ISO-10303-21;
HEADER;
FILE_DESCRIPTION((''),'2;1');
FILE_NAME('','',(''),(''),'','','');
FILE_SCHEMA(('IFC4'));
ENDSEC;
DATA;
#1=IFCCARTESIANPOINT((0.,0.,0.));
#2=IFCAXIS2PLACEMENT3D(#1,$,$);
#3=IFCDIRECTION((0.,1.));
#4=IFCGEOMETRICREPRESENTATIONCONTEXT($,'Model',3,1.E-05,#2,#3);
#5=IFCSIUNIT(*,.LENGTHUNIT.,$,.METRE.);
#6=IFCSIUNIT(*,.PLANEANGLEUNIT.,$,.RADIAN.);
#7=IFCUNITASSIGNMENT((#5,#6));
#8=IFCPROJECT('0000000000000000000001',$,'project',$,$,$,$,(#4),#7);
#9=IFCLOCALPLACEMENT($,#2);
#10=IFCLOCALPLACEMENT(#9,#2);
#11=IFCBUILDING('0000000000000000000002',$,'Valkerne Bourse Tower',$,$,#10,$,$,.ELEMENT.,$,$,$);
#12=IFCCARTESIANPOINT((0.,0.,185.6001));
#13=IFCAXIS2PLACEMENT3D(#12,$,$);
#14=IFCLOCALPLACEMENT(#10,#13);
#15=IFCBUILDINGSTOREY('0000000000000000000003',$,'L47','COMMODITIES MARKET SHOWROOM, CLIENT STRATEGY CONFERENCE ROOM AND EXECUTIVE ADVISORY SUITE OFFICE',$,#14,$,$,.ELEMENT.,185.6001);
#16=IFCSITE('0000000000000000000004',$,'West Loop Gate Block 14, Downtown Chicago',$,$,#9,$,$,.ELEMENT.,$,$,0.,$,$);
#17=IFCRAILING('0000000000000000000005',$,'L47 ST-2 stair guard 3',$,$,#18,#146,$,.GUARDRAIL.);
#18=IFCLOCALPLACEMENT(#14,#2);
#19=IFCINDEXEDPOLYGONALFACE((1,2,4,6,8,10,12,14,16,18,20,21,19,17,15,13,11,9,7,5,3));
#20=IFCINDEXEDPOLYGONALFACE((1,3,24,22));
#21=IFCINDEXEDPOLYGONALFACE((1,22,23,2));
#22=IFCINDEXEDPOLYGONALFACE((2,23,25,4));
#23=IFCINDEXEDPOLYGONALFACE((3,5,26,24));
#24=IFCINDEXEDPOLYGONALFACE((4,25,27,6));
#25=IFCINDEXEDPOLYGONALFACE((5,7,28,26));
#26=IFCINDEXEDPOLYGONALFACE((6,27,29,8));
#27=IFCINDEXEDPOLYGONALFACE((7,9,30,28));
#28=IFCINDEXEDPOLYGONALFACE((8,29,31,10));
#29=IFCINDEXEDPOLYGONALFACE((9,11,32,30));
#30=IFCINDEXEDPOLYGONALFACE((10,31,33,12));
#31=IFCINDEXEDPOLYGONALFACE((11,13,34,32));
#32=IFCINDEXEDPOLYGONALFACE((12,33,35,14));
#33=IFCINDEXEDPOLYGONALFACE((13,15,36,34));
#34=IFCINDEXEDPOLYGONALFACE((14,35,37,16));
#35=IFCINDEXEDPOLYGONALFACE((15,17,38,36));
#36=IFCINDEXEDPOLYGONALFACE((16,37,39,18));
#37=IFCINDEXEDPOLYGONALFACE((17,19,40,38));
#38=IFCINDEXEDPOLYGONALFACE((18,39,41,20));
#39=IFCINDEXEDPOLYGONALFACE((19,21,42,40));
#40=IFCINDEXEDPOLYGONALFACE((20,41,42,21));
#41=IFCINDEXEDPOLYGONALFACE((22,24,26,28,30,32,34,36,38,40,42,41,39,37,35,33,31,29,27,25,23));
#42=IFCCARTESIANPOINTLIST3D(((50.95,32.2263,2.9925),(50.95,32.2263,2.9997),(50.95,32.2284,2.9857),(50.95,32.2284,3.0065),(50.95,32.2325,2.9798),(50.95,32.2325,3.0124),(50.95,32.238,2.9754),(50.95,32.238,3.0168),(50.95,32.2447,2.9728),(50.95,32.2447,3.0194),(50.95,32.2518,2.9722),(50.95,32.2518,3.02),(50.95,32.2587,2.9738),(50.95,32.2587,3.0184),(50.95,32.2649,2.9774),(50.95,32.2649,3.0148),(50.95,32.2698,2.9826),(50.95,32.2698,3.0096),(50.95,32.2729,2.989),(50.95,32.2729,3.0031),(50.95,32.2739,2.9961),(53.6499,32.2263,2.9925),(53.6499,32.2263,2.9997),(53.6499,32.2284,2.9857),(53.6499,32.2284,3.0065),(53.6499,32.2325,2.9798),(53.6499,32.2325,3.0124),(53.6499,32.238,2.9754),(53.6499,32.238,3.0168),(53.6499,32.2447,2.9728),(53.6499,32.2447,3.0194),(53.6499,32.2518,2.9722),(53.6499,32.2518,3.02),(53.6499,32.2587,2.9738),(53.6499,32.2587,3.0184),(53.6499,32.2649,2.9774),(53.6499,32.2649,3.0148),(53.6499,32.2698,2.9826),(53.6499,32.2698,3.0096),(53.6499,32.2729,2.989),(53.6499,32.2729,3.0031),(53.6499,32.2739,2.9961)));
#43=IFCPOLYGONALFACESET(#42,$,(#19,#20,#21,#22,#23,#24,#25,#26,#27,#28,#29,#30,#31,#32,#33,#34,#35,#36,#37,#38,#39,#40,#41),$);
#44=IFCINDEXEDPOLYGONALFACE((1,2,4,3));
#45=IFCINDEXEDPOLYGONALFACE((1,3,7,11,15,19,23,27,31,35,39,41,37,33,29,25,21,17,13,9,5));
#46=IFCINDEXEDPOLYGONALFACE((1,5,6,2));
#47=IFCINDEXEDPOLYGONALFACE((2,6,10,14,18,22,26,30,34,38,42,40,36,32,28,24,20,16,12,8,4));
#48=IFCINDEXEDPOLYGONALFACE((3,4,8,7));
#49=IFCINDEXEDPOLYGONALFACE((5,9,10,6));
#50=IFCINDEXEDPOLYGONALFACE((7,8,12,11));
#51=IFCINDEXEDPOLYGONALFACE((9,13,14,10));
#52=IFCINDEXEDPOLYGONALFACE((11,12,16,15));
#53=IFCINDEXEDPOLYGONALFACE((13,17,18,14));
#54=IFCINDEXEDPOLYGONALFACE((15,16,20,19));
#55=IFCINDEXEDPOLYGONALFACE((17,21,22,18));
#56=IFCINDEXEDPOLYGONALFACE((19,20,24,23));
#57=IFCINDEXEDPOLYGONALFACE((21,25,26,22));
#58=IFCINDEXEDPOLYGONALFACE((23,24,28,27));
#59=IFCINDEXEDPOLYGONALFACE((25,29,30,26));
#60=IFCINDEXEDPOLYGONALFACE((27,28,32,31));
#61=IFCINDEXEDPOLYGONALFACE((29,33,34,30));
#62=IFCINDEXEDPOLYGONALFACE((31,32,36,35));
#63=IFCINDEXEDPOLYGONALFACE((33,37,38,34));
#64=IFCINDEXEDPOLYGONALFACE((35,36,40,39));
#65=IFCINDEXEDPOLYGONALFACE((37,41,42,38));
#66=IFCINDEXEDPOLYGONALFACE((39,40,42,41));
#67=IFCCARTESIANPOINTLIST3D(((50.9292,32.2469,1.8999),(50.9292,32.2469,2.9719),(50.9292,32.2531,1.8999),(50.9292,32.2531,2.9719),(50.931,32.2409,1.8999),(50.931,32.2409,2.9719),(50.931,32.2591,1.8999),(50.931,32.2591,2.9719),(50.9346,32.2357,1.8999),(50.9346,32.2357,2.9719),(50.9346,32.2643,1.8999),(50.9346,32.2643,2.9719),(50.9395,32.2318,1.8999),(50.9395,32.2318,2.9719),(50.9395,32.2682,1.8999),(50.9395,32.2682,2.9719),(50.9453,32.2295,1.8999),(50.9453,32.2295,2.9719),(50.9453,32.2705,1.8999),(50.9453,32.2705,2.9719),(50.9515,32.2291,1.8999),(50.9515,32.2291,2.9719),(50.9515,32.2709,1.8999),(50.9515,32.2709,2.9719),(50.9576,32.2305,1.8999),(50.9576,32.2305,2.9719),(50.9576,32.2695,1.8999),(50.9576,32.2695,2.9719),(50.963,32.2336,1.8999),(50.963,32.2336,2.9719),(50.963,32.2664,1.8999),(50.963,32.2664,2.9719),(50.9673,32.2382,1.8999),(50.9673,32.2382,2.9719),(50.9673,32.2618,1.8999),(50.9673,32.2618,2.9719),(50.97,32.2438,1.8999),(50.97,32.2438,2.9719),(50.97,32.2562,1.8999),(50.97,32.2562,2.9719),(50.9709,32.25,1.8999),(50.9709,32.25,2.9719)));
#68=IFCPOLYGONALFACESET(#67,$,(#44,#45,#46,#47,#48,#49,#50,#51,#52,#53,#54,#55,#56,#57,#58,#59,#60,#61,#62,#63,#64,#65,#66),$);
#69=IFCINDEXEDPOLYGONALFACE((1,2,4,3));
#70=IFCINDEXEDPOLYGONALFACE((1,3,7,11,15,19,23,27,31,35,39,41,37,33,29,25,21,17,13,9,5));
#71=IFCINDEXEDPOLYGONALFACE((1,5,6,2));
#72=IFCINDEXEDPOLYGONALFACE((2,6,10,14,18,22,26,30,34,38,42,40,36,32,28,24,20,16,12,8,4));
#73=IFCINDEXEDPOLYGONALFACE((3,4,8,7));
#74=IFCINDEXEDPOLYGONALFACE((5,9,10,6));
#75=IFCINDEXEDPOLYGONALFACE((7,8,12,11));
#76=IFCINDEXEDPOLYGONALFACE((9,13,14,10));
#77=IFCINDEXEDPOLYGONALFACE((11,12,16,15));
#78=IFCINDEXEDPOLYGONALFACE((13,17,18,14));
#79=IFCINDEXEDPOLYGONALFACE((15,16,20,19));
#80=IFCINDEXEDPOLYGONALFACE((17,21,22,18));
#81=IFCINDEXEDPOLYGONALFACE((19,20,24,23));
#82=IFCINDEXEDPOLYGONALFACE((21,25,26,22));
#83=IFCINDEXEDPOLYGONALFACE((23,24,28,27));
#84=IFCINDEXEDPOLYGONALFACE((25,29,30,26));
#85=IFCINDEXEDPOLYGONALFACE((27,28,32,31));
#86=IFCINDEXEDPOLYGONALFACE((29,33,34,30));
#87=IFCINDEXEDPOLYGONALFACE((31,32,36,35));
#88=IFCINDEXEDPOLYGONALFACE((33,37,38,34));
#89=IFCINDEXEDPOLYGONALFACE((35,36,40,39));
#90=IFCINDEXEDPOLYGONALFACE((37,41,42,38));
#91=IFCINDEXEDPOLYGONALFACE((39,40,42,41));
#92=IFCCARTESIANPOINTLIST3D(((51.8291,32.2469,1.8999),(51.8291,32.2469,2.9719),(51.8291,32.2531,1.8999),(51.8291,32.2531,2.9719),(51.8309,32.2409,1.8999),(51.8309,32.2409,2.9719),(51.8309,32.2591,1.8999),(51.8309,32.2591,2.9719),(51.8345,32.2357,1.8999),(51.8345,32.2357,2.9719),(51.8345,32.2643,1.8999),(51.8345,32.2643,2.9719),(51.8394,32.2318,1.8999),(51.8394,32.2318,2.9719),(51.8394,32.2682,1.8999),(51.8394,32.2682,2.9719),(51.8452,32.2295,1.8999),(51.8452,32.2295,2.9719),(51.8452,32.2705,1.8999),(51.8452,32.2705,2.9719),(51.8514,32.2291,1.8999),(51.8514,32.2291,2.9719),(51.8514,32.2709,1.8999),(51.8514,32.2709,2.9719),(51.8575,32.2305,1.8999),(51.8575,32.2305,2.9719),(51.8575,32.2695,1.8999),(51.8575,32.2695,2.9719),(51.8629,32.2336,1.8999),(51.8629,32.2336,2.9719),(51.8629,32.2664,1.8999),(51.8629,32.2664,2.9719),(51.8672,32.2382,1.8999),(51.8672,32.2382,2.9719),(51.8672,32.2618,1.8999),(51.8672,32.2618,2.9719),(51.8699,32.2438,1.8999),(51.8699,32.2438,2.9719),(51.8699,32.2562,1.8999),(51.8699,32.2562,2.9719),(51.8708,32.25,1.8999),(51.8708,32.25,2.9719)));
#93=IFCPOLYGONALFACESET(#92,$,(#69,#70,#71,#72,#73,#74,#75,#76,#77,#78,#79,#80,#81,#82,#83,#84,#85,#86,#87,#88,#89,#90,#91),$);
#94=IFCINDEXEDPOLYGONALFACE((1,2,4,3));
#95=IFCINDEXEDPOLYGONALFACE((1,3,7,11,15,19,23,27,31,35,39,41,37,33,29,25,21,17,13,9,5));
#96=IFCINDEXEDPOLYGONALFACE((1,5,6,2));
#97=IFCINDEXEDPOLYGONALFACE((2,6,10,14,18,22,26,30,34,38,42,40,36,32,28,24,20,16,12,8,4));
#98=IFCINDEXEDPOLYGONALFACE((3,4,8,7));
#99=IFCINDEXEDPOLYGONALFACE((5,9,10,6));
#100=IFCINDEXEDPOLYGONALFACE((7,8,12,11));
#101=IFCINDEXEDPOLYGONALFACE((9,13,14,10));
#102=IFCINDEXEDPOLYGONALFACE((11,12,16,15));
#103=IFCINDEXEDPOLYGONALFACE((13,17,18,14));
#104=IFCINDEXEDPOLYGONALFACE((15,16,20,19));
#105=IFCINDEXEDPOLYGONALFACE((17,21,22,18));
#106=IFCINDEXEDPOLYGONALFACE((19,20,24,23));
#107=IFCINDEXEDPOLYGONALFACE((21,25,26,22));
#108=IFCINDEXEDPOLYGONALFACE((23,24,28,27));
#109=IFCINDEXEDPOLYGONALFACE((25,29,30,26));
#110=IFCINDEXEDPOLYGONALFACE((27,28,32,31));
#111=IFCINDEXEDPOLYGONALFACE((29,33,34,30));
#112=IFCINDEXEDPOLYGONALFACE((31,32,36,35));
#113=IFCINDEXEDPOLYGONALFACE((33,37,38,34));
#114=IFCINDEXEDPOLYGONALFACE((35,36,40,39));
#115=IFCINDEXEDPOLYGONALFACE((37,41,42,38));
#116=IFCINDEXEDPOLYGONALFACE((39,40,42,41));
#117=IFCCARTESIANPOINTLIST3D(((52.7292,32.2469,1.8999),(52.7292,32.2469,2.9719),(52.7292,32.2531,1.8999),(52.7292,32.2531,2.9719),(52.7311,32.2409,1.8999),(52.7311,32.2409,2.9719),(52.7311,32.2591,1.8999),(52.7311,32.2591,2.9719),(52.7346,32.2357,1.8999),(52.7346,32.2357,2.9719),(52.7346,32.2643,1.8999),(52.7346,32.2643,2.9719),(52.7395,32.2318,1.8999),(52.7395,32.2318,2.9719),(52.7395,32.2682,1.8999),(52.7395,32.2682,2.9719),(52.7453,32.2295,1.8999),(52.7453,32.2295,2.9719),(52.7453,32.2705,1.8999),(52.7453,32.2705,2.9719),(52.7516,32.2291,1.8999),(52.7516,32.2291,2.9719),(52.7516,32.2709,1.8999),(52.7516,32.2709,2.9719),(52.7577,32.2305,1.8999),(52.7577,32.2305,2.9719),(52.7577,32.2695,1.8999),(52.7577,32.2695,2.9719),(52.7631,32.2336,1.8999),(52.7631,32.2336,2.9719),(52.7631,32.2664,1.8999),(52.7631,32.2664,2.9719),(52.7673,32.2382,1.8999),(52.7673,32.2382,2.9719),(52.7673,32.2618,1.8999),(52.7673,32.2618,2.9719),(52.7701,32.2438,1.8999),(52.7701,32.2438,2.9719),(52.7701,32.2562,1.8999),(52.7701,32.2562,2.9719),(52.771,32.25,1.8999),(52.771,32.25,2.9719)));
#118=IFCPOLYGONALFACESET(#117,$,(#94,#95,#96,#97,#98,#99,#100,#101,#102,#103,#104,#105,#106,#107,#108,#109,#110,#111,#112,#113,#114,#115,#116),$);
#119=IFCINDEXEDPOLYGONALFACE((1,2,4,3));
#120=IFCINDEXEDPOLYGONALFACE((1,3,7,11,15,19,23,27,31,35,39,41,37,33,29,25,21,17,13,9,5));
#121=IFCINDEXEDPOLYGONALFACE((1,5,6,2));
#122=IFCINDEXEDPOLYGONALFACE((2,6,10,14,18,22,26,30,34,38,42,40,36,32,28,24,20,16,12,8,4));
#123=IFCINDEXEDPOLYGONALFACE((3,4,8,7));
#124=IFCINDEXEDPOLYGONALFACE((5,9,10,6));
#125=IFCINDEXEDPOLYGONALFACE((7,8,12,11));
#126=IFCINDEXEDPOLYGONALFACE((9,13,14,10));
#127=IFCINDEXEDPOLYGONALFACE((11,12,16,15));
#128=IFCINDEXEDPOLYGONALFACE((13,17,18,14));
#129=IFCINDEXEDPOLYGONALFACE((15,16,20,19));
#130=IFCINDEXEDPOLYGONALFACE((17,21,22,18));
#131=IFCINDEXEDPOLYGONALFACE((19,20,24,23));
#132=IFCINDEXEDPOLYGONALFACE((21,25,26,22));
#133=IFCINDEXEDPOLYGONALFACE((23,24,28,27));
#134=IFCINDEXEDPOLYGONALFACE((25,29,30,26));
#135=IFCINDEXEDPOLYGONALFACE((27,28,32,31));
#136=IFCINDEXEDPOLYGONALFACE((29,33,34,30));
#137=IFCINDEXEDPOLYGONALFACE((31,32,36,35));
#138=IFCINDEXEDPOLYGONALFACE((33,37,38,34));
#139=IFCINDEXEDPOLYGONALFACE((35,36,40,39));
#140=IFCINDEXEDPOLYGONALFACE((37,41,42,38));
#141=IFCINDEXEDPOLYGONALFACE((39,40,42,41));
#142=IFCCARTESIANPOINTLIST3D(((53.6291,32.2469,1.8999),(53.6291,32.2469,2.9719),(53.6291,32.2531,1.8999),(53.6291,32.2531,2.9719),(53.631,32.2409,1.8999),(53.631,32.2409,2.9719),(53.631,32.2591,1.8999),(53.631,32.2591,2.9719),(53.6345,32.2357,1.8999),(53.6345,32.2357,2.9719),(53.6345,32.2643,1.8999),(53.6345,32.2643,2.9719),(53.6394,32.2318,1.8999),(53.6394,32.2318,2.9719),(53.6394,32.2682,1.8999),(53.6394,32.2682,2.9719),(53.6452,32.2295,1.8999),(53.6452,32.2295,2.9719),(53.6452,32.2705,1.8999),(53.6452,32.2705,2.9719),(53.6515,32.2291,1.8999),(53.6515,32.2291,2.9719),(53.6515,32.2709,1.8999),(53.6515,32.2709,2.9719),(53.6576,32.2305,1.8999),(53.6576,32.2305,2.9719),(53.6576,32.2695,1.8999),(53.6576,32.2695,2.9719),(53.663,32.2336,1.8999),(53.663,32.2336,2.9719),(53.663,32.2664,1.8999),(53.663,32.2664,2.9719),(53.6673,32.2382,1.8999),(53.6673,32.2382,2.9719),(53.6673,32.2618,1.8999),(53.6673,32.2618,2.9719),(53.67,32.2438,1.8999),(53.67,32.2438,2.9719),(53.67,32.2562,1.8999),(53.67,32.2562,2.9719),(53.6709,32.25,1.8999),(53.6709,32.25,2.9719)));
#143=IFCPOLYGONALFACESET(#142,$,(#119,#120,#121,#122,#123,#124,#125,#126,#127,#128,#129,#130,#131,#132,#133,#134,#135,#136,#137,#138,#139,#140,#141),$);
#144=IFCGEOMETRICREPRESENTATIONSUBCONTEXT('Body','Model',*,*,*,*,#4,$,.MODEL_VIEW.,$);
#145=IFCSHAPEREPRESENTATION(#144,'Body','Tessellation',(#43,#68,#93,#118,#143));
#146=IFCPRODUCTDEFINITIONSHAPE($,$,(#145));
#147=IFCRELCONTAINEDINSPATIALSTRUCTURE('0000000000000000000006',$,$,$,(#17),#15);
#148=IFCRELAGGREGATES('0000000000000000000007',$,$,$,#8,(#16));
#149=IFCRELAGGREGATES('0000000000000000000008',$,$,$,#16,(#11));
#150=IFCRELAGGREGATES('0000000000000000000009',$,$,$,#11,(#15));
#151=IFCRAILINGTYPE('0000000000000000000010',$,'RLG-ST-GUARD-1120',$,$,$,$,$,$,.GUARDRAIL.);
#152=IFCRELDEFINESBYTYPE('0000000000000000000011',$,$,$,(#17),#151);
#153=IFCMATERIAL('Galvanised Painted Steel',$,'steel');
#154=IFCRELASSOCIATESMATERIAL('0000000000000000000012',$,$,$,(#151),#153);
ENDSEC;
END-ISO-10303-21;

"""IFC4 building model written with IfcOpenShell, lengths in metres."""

from ifc_helpers import new_model, si_unit, direction, frame, origin, origin_2d, place, context, subcontext, project, spatial, circle, extrude, material, type_object, element, save


model = new_model("IFC4")

# Units and contexts
model_context = context("Model", 3, precision=1e-05, world=origin(), true_north=direction((0.0, 1.0)))
body_context = subcontext(model_context, "Body", "Model", "MODEL_VIEW")
ifc_project = project(units=[si_unit("LENGTHUNIT", "METRE"), si_unit("PLANEANGLEUNIT", "RADIAN")], contexts=[model_context])

# Site, building, storey
site_placement = place(None, origin())
site = spatial("IfcSite", under=ifc_project, at=site_placement, Name="West Loop Gate Block 14, Downtown Chicago", CompositionType="ELEMENT", RefElevation=0.0)
building_placement = place(site_placement, origin())
building = spatial("IfcBuilding", under=site, at=building_placement, Name="Valkerne Bourse Tower", CompositionType="ELEMENT")
storey_placement = place(building_placement, frame((0.0, 0.0, 185.6001)))
storey = spatial("IfcBuildingStorey", under=building, at=storey_placement, Name="L47", Description="COMMODITIES MARKET SHOWROOM, CLIENT STRATEGY CONFERENCE ROOM AND EXECUTIVE ADVISORY SUITE OFFICE", CompositionType="ELEMENT", Elevation=185.6001)

# Shared definitions
ifc_material_1 = material(Name="Galvanised Painted Steel", Category="steel")

# Railing
railing_type_1 = type_object("IfcRailingType", Name="RLG-ST-GUARD-1120", PredefinedType="GUARDRAIL", material=ifc_material_1)
for number, where, name in (
    (1, (50.95, 32.25, 1.8999), "L47 ST-2 stair guard 3"),
):
    element("IfcRailing", number, at=place(storey_placement, frame(where)), inside=storey, type_object=railing_type_1, Name=name, PredefinedType="GUARDRAIL", context=body_context, shape_type="SweptSolid", body=[
        extrude(circle(Radius=0.0239, at=origin_2d()), frame((0.0, 0.0, 1.0962), z_axis=(1.0, 0.0, 0.0), x_axis=(0.0, 1.0, 0.0)), (0.0, 0.0, 1.0), 2.7),
        extrude(circle(Radius=0.021, at=origin_2d()), origin(), (0.0, 0.0, 1.0), 1.072),
        extrude(circle(Radius=0.021, at=origin_2d()), frame((0.8999, 0.0, 0.0)), (0.0, 0.0, 1.0), 1.072),
        extrude(circle(Radius=0.021, at=origin_2d()), frame((1.8, 0.0, 0.0)), (0.0, 0.0, 1.0), 1.072),
        extrude(circle(Radius=0.021, at=origin_2d()), frame((2.7, 0.0, 0.0)), (0.0, 0.0, 1.0), 1.072),
    ])

save(model, "model.ifc")
